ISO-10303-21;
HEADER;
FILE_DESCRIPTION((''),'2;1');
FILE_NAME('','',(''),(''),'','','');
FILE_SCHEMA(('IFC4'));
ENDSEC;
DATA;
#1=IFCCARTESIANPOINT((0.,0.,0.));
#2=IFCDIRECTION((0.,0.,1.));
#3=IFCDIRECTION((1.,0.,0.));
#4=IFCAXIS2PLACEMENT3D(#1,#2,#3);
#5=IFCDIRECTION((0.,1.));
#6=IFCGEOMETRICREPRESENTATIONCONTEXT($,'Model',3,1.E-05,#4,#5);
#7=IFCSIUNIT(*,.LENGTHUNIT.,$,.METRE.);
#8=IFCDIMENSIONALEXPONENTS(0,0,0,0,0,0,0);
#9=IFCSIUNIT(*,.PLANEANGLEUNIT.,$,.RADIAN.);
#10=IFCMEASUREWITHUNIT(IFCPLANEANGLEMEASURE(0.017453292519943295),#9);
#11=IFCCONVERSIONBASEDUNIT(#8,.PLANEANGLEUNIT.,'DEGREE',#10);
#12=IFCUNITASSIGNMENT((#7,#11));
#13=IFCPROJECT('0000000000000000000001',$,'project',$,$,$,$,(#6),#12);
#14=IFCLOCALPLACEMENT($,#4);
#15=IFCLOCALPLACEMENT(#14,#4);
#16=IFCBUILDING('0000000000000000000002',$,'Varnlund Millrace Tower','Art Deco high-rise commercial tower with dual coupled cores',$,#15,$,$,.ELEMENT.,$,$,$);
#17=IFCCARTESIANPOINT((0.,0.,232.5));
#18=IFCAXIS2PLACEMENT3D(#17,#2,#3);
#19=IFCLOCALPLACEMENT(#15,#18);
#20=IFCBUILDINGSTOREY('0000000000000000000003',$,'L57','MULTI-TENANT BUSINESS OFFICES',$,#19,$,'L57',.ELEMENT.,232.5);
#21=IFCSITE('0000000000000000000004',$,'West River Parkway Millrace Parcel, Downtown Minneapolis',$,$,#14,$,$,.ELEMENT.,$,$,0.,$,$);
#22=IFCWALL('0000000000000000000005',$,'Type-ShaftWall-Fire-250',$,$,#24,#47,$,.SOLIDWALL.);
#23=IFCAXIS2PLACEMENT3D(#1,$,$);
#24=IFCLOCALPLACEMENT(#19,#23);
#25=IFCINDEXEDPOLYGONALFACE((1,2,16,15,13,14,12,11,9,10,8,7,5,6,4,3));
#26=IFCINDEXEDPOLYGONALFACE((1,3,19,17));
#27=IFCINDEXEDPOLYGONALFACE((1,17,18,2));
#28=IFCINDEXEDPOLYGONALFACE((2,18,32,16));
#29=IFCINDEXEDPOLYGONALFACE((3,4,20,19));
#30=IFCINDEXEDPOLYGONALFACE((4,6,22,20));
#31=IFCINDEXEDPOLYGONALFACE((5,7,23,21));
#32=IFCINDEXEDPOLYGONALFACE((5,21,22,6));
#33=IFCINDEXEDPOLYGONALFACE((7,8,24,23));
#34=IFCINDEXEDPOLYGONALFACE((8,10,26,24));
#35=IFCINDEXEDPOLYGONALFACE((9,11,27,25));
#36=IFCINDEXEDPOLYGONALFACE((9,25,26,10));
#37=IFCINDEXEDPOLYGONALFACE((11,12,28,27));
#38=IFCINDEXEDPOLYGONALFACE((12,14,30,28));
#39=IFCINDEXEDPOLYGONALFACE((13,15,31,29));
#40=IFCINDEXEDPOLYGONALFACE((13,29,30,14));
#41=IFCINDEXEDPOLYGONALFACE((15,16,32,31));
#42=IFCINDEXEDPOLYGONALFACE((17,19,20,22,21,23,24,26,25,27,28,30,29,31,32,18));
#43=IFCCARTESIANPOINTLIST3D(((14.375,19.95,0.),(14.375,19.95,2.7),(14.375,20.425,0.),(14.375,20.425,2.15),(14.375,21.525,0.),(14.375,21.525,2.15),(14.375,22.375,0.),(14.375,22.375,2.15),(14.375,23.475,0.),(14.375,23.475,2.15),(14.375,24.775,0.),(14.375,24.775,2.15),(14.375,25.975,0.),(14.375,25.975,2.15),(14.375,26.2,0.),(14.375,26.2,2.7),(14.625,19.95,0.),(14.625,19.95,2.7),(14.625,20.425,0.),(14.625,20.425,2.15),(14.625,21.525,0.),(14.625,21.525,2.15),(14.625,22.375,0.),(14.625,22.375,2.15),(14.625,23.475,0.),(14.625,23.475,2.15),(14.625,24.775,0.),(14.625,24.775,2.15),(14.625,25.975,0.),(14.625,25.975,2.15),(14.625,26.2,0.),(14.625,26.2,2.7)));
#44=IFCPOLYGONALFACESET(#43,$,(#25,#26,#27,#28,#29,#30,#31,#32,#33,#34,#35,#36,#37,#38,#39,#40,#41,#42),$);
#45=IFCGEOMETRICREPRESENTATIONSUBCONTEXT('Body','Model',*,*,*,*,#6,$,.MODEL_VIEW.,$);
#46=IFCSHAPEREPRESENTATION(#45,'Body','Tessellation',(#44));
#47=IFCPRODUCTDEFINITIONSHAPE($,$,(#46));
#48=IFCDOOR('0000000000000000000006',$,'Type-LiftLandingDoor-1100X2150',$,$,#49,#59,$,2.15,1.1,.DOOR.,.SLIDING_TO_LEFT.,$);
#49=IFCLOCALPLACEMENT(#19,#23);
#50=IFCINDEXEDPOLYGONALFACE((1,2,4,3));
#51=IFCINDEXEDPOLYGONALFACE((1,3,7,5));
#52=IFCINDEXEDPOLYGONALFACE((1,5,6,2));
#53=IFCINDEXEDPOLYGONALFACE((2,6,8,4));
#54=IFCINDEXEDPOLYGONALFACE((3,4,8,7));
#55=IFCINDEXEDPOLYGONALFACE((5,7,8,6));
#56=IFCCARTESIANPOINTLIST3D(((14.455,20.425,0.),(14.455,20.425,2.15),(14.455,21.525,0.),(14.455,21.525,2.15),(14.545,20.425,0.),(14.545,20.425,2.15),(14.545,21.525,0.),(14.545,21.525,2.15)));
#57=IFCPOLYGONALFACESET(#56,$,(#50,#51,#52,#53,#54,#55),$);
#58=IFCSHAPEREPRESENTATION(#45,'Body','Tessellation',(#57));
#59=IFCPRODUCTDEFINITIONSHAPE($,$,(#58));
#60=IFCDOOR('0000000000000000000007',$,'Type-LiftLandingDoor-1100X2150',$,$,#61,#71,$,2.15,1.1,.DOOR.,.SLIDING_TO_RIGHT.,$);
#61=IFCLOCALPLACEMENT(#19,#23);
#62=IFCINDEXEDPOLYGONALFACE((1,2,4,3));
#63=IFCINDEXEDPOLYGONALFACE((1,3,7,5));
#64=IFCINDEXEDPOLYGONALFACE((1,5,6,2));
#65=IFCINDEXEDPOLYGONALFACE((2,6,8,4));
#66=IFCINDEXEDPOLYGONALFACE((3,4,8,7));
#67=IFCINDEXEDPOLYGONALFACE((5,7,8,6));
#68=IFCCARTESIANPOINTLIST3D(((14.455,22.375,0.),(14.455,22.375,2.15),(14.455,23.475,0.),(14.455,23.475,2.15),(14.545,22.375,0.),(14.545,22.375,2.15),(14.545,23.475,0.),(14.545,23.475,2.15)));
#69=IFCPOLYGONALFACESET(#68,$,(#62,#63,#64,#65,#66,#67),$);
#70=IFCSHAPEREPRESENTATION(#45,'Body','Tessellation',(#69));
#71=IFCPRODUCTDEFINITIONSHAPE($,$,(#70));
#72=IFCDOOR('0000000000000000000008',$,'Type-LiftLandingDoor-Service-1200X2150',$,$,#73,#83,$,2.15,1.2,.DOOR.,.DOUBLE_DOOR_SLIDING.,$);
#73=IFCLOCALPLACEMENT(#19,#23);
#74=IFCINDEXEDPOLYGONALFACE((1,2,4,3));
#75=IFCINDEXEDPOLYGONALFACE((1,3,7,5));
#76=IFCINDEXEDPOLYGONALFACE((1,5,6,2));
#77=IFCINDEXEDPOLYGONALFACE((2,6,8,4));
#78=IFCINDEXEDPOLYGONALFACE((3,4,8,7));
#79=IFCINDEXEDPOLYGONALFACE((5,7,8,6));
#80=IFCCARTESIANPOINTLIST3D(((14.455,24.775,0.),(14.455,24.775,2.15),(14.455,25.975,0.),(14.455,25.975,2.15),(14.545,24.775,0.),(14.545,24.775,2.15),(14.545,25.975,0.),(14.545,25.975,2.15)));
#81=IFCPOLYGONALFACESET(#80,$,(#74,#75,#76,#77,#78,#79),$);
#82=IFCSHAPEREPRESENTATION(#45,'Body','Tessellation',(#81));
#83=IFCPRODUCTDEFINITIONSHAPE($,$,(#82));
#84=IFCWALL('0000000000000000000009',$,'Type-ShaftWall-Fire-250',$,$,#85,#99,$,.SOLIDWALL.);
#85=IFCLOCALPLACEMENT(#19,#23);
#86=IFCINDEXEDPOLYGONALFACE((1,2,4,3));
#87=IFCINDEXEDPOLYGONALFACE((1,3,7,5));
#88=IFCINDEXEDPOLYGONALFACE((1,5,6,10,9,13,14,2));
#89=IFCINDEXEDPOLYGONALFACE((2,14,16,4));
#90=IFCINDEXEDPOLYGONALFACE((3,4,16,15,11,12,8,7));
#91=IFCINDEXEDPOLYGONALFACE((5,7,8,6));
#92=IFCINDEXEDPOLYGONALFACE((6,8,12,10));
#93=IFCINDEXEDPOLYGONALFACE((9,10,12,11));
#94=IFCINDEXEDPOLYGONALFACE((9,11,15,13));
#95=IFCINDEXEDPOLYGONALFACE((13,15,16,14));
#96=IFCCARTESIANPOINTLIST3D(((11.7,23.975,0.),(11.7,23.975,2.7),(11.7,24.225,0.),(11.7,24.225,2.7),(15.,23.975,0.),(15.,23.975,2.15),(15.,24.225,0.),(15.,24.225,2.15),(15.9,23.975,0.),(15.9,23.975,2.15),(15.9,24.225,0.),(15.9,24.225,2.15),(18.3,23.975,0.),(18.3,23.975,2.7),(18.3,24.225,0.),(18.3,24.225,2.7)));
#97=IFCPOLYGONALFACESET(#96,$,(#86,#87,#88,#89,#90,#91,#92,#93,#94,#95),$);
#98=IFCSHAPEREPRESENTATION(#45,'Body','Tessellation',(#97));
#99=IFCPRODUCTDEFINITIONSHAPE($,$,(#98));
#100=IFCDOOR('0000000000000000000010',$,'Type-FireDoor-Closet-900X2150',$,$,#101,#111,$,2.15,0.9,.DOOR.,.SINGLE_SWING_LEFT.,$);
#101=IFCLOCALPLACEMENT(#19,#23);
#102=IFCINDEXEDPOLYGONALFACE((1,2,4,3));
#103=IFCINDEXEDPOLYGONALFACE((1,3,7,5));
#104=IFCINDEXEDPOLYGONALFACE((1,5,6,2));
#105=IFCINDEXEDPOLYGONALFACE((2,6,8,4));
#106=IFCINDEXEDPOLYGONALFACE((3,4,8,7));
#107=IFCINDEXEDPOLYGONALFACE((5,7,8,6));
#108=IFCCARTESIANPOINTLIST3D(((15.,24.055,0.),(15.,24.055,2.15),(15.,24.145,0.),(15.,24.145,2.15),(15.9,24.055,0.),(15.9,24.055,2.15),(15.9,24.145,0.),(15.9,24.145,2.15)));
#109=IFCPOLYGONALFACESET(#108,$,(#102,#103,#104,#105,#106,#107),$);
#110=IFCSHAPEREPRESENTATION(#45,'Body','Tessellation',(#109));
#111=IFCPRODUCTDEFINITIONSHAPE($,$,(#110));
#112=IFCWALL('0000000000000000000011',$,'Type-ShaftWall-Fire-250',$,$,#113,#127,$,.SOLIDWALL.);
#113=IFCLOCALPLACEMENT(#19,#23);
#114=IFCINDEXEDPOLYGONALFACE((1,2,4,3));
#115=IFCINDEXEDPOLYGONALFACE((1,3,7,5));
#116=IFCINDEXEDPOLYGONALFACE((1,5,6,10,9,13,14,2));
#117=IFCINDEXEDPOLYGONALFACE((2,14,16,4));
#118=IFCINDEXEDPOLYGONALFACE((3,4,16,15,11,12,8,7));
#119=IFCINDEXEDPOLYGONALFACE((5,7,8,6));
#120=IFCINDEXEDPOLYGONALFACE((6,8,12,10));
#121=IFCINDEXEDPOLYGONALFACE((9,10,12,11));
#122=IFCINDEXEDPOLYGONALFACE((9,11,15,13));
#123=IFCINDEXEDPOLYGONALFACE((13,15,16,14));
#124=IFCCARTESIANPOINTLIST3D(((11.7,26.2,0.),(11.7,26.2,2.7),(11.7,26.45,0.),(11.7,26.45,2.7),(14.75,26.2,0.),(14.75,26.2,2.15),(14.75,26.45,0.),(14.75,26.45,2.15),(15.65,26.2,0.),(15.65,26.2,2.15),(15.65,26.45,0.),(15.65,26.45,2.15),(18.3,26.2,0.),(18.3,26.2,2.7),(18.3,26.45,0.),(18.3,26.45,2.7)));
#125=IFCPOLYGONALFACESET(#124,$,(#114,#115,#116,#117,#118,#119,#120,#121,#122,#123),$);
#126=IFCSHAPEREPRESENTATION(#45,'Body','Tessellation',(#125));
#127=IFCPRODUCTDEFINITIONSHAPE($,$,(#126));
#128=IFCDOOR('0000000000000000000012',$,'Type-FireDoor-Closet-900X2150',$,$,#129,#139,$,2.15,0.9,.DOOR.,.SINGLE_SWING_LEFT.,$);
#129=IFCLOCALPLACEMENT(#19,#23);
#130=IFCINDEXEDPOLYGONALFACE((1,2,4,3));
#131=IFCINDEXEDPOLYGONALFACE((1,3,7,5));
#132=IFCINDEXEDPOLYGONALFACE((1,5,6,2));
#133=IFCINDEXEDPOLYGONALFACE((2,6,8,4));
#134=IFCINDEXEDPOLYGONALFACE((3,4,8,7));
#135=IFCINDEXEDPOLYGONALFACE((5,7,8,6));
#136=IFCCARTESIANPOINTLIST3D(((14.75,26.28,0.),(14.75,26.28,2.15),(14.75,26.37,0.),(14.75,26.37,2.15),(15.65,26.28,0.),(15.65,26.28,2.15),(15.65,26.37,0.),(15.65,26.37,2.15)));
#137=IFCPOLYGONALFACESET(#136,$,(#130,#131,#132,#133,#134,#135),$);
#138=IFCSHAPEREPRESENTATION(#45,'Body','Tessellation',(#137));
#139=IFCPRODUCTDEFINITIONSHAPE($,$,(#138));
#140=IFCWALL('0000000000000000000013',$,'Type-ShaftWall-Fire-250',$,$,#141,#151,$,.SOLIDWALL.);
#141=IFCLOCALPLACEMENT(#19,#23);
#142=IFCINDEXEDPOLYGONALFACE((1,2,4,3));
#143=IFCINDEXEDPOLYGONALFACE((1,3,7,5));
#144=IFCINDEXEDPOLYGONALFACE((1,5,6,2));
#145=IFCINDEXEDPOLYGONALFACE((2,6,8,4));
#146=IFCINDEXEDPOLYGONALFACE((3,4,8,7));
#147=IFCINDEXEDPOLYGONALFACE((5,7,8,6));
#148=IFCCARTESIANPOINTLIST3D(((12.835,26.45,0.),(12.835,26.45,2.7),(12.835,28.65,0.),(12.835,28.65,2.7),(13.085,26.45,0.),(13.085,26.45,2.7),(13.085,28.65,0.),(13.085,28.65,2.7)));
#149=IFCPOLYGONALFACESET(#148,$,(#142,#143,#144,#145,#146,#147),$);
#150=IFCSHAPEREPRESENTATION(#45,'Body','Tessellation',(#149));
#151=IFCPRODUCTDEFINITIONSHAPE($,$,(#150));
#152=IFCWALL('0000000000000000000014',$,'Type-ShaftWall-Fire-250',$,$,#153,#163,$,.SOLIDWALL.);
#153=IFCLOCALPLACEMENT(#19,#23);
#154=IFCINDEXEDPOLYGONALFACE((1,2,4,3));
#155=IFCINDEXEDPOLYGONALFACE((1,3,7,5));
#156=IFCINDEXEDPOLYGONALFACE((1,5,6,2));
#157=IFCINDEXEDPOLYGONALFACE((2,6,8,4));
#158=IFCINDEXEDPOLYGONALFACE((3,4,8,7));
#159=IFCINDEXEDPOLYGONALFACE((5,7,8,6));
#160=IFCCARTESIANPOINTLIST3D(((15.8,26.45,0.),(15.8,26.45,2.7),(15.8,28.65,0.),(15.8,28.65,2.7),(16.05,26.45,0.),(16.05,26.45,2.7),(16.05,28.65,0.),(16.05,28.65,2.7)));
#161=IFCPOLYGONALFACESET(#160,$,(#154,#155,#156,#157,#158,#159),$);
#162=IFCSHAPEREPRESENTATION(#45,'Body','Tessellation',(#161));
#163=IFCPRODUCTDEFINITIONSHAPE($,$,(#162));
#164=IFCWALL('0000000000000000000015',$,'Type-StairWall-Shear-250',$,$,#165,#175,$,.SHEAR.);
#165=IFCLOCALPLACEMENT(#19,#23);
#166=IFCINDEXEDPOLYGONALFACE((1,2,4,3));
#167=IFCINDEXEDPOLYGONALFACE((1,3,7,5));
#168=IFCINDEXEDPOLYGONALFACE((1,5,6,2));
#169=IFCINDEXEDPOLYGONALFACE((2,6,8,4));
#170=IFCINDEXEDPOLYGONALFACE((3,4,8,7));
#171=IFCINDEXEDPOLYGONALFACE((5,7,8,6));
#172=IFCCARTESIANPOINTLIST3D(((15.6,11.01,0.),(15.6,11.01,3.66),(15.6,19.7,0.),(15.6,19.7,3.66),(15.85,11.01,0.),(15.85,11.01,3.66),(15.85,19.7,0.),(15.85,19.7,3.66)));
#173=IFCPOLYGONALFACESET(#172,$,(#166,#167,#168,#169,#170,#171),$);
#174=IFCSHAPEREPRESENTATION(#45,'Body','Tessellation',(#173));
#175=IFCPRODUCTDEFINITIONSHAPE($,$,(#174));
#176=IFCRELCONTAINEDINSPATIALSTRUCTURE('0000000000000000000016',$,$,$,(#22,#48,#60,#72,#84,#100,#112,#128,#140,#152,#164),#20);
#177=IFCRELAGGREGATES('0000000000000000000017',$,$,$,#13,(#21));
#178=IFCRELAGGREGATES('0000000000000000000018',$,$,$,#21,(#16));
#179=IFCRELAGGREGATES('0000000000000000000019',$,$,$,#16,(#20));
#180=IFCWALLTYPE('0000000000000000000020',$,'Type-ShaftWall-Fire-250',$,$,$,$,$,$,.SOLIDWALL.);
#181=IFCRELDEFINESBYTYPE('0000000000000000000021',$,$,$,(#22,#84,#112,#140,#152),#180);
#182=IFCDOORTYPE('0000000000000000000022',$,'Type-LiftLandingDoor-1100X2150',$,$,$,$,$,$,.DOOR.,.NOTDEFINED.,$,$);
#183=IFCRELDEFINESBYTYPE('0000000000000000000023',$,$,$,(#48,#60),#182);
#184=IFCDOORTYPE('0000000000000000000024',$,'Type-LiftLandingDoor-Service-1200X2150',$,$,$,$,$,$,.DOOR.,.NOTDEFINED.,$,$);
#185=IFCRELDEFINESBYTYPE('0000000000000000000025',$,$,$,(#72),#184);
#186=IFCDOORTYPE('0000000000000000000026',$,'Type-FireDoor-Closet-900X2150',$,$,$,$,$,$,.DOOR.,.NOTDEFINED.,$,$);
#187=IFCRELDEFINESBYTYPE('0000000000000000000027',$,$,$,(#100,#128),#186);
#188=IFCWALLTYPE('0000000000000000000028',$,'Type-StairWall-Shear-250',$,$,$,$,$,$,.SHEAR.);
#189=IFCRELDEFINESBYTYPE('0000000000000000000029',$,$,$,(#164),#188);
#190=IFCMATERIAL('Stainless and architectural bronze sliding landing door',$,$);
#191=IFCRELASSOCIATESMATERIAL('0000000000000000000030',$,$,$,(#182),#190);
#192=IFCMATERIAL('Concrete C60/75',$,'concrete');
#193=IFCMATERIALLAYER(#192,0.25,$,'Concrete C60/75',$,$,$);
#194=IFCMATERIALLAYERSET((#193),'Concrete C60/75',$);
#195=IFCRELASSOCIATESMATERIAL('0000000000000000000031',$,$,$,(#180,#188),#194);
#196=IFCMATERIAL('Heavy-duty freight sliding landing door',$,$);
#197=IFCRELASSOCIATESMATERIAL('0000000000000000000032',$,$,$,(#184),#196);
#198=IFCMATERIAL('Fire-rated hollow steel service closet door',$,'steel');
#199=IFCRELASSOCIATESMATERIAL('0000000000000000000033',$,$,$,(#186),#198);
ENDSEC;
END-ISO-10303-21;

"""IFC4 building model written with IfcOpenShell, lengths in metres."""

from ifc_helpers import new_model, entity, si_unit, converted_unit, direction, frame, origin_with_axes, origin_2d_with_axis, place, context, subcontext, project, spatial, polyline, rectangle, outline, extrude, material, layer, layer_set, type_object, element, fill, save


model = new_model("IFC4")

# Units and contexts
model_context = context("Model", 3, precision=1e-05, world=origin_with_axes(), true_north=direction((0.0, 1.0)))
body_context = subcontext(model_context, "Body", "Model", "MODEL_VIEW")
ifc_project = project(units=[si_unit("LENGTHUNIT", "METRE"), converted_unit("PLANEANGLEUNIT", "DEGREE", entity("IfcPlaneAngleMeasure", 0.017453292519943295), si_unit("PLANEANGLEUNIT", "RADIAN"), dimensions=[0, 0, 0, 0, 0, 0, 0])], contexts=[model_context])

# Site, building, storey
site_placement = place(None, origin_with_axes())
site = spatial("IfcSite", under=ifc_project, at=site_placement, Name="West River Parkway Millrace Parcel, Downtown Minneapolis", CompositionType="ELEMENT", RefElevation=0.0)
building_placement = place(site_placement, origin_with_axes())
building = spatial("IfcBuilding", under=site, at=building_placement, Name="Varnlund Millrace Tower", Description="Art Deco high-rise commercial tower with dual coupled cores", CompositionType="ELEMENT")
storey_placement = place(building_placement, frame((0.0, 0.0, 232.5), z_axis=(0.0, 0.0, 1.0), x_axis=(1.0, 0.0, 0.0)))
storey = spatial("IfcBuildingStorey", under=building, at=storey_placement, Name="L57", Description="MULTI-TENANT BUSINESS OFFICES", LongName="L57", CompositionType="ELEMENT", Elevation=232.5)

# Shared definitions
ifc_material_1 = material(Name="Concrete C60/75", Category="concrete")

# Wall, openings, doors
ifc_material_2 = material(Name="Stainless and architectural bronze sliding landing door")
door_type_1 = type_object("IfcDoorType", Name="Type-LiftLandingDoor-1100X2150", OperationType="NOTDEFINED", PredefinedType="DOOR", material=ifc_material_2)
ifc_layer_1 = layer(ifc_material_1, 0.25, Name="Concrete C60/75")
ifc_layer_set_1 = layer_set([ifc_layer_1], Name="Concrete C60/75")
wall_type_1 = type_object("IfcWallType", Name="Type-ShaftWall-Fire-250", PredefinedType="SOLIDWALL", material=ifc_layer_set_1)
wall_1_placement = place(storey_placement, frame((14.5, 19.95, 0.0), z_axis=(0.0, 0.0, 1.0), x_axis=(0.0, 1.0, 0.0)))
wall_1 = element("IfcWall", 1, at=wall_1_placement, inside=storey, type_object=wall_type_1, Name="Type-ShaftWall-Fire-250", PredefinedType="SOLIDWALL", context=body_context, shape_type="SweptSolid", body=[
    extrude(outline(polyline([(0.0, -0.125), (6.25, -0.125), (6.25, 0.125), (0.0, 0.125), (0.0, -0.125)])), origin_with_axes(), (0.0, 0.0, 1.0), 2.7),
])
opening_1_placement = place(wall_1_placement, frame((1.025, 0.0, 0.0), z_axis=(0.0, 0.0, 1.0), x_axis=(1.0, 0.0, 0.0)))
opening_1 = element("IfcOpeningElement", 2, at=opening_1_placement, cuts=wall_1, PredefinedType="OPENING", context=body_context, shape_type="SweptSolid", body=[
    extrude(rectangle(XDim=1.1, YDim=0.27, at=origin_2d_with_axis()), origin_with_axes(), (0.0, 0.0, 1.0), 2.15),
])
opening_2_placement = place(wall_1_placement, frame((2.975, 0.0, 0.0), z_axis=(0.0, 0.0, 1.0), x_axis=(1.0, 0.0, 0.0)))
opening_2 = element("IfcOpeningElement", 3, at=opening_2_placement, cuts=wall_1, PredefinedType="OPENING", context=body_context, shape_type="SweptSolid", body=[
    extrude(rectangle(XDim=1.1, YDim=0.27, at=origin_2d_with_axis()), origin_with_axes(), (0.0, 0.0, 1.0), 2.15),
])
opening_3_placement = place(wall_1_placement, frame((5.425, 0.0, 0.0), z_axis=(0.0, 0.0, 1.0), x_axis=(1.0, 0.0, 0.0)))
opening_3 = element("IfcOpeningElement", 4, at=opening_3_placement, cuts=wall_1, PredefinedType="OPENING", context=body_context, shape_type="SweptSolid", body=[
    extrude(rectangle(XDim=1.2, YDim=0.27, at=origin_2d_with_axis()), origin_with_axes(), (0.0, 0.0, 1.0), 2.15),
])
door_1_placement = place(wall_1_placement, frame((1.025, 0.0, 0.0), z_axis=(0.0, 0.0, 1.0), x_axis=(1.0, 0.0, 0.0)))
door_1 = element("IfcDoor", 5, at=door_1_placement, inside=storey, type_object=door_type_1, Name="Type-LiftLandingDoor-1100X2150", OperationType="SLIDING_TO_LEFT", OverallHeight=2.15, OverallWidth=1.1, PredefinedType="DOOR", context=body_context, shape_type="SweptSolid", body=[
    extrude(rectangle(XDim=1.1, YDim=0.09, at=origin_2d_with_axis()), origin_with_axes(), (0.0, 0.0, 1.0), 2.15),
])
fill(opening_1, door_1)
door_2_placement = place(wall_1_placement, frame((2.975, 0.0, 0.0), z_axis=(0.0, 0.0, 1.0), x_axis=(1.0, 0.0, 0.0)))
door_2 = element("IfcDoor", 6, at=door_2_placement, inside=storey, type_object=door_type_1, Name="Type-LiftLandingDoor-1100X2150", OperationType="SLIDING_TO_RIGHT", OverallHeight=2.15, OverallWidth=1.1, PredefinedType="DOOR", context=body_context, shape_type="SweptSolid", body=[
    extrude(rectangle(XDim=1.1, YDim=0.09, at=origin_2d_with_axis()), origin_with_axes(), (0.0, 0.0, 1.0), 2.15),
])
fill(opening_2, door_2)
ifc_material_3 = material(Name="Heavy-duty freight sliding landing door")
door_type_2 = type_object("IfcDoorType", Name="Type-LiftLandingDoor-Service-1200X2150", OperationType="NOTDEFINED", PredefinedType="DOOR", material=ifc_material_3)
door_3_placement = place(wall_1_placement, frame((5.425, 0.0, 0.0), z_axis=(0.0, 0.0, 1.0), x_axis=(1.0, 0.0, 0.0)))
door_3 = element("IfcDoor", 7, at=door_3_placement, inside=storey, type_object=door_type_2, Name="Type-LiftLandingDoor-Service-1200X2150", OperationType="DOUBLE_DOOR_SLIDING", OverallHeight=2.15, OverallWidth=1.2, PredefinedType="DOOR", context=body_context, shape_type="SweptSolid", body=[
    extrude(rectangle(XDim=1.2, YDim=0.09, at=origin_2d_with_axis()), origin_with_axes(), (0.0, 0.0, 1.0), 2.15),
])
fill(opening_3, door_3)

# Walls, openings, doors
wall_2_placement = place(storey_placement, frame((11.7, 24.1, 0.0), z_axis=(0.0, 0.0, 1.0), x_axis=(1.0, 0.0, 0.0)))
wall_2 = element("IfcWall", 8, at=wall_2_placement, inside=storey, type_object=wall_type_1, Name="Type-ShaftWall-Fire-250", PredefinedType="SOLIDWALL", context=body_context, shape_type="SweptSolid", body=[
    extrude(outline(polyline([(0.0, -0.125), (6.6, -0.125), (6.6, 0.125), (0.0, 0.125), (0.0, -0.125)])), origin_with_axes(), (0.0, 0.0, 1.0), 2.7),
])
opening_4_placement = place(wall_2_placement, frame((3.75, 0.0, 0.0), z_axis=(0.0, 0.0, 1.0), x_axis=(1.0, 0.0, 0.0)))
opening_4 = element("IfcOpeningElement", 9, at=opening_4_placement, cuts=wall_2, PredefinedType="OPENING", context=body_context, shape_type="SweptSolid", body=[
    extrude(rectangle(XDim=0.9, YDim=0.27, at=origin_2d_with_axis()), origin_with_axes(), (0.0, 0.0, 1.0), 2.15),
])
ifc_material_4 = material(Name="Fire-rated hollow steel service closet door", Category="steel")
door_type_3 = type_object("IfcDoorType", Name="Type-FireDoor-Closet-900X2150", OperationType="NOTDEFINED", PredefinedType="DOOR", material=ifc_material_4)
door_4_placement = place(wall_2_placement, frame((3.75, 0.0, 0.0), z_axis=(0.0, 0.0, 1.0), x_axis=(1.0, 0.0, 0.0)))
door_4 = element("IfcDoor", 10, at=door_4_placement, inside=storey, type_object=door_type_3, Name="Type-FireDoor-Closet-900X2150", OperationType="SINGLE_SWING_LEFT", OverallHeight=2.15, OverallWidth=0.9, PredefinedType="DOOR", context=body_context, shape_type="SweptSolid", body=[
    extrude(rectangle(XDim=0.9, YDim=0.09, at=origin_2d_with_axis()), origin_with_axes(), (0.0, 0.0, 1.0), 2.15),
])
fill(opening_4, door_4)
wall_3_placement = place(storey_placement, frame((11.7, 26.325, 0.0), z_axis=(0.0, 0.0, 1.0), x_axis=(1.0, 0.0, 0.0)))
wall_3 = element("IfcWall", 11, at=wall_3_placement, inside=storey, type_object=wall_type_1, Name="Type-ShaftWall-Fire-250", PredefinedType="SOLIDWALL", context=body_context, shape_type="SweptSolid", body=[
    extrude(outline(polyline([(0.0, -0.125), (6.6, -0.125), (6.6, 0.125), (0.0, 0.125), (0.0, -0.125)])), origin_with_axes(), (0.0, 0.0, 1.0), 2.7),
])
opening_5_placement = place(wall_3_placement, frame((3.5, 0.0, 0.0), z_axis=(0.0, 0.0, 1.0), x_axis=(1.0, 0.0, 0.0)))
opening_5 = element("IfcOpeningElement", 12, at=opening_5_placement, cuts=wall_3, PredefinedType="OPENING", context=body_context, shape_type="SweptSolid", body=[
    extrude(rectangle(XDim=0.9, YDim=0.27, at=origin_2d_with_axis()), origin_with_axes(), (0.0, 0.0, 1.0), 2.15),
])
door_5_placement = place(wall_3_placement, frame((3.5, 0.0, 0.0), z_axis=(0.0, 0.0, 1.0), x_axis=(1.0, 0.0, 0.0)))
door_5 = element("IfcDoor", 13, at=door_5_placement, inside=storey, type_object=door_type_3, Name="Type-FireDoor-Closet-900X2150", OperationType="SINGLE_SWING_LEFT", OverallHeight=2.15, OverallWidth=0.9, PredefinedType="DOOR", context=body_context, shape_type="SweptSolid", body=[
    extrude(rectangle(XDim=0.9, YDim=0.09, at=origin_2d_with_axis()), origin_with_axes(), (0.0, 0.0, 1.0), 2.15),
])
fill(opening_5, door_5)

# Walls
for number, where, z_axis, x_axis, name in (
    (14, (12.96, 26.45, 0.0), (0.0, 0.0, 1.0), (0.0, 1.0, 0.0), "Type-ShaftWall-Fire-250"),
    (15, (15.925, 26.45, 0.0), (0.0, 0.0, 1.0), (0.0, 1.0, 0.0), "Type-ShaftWall-Fire-250"),
):
    element("IfcWall", number, at=place(storey_placement, frame(where, z_axis=z_axis, x_axis=x_axis)), inside=storey, type_object=wall_type_1, Name=name, PredefinedType="SOLIDWALL", context=body_context, shape_type="SweptSolid", body=[
        extrude(outline(polyline([(0.0, -0.125), (2.2, -0.125), (2.2, 0.125), (0.0, 0.125), (0.0, -0.125)])), origin_with_axes(), (0.0, 0.0, 1.0), 2.7),
    ])
wall_type_2 = type_object("IfcWallType", Name="Type-StairWall-Shear-250", PredefinedType="SHEAR", material=ifc_layer_set_1)
wall_4_placement = place(storey_placement, frame((15.725, 11.01, 0.0), z_axis=(0.0, 0.0, 1.0), x_axis=(0.0, 1.0, 0.0)))
element("IfcWall", 16, at=wall_4_placement, inside=storey, type_object=wall_type_2, Name="Type-StairWall-Shear-250", PredefinedType="SHEAR", context=body_context, shape_type="SweptSolid", body=[
    extrude(outline(polyline([(0.0, -0.125), (8.69, -0.125), (8.69, 0.125), (0.0, 0.125), (0.0, -0.125)])), origin_with_axes(), (0.0, 0.0, 1.0), 3.66),
])

save(model, "model.ifc")
